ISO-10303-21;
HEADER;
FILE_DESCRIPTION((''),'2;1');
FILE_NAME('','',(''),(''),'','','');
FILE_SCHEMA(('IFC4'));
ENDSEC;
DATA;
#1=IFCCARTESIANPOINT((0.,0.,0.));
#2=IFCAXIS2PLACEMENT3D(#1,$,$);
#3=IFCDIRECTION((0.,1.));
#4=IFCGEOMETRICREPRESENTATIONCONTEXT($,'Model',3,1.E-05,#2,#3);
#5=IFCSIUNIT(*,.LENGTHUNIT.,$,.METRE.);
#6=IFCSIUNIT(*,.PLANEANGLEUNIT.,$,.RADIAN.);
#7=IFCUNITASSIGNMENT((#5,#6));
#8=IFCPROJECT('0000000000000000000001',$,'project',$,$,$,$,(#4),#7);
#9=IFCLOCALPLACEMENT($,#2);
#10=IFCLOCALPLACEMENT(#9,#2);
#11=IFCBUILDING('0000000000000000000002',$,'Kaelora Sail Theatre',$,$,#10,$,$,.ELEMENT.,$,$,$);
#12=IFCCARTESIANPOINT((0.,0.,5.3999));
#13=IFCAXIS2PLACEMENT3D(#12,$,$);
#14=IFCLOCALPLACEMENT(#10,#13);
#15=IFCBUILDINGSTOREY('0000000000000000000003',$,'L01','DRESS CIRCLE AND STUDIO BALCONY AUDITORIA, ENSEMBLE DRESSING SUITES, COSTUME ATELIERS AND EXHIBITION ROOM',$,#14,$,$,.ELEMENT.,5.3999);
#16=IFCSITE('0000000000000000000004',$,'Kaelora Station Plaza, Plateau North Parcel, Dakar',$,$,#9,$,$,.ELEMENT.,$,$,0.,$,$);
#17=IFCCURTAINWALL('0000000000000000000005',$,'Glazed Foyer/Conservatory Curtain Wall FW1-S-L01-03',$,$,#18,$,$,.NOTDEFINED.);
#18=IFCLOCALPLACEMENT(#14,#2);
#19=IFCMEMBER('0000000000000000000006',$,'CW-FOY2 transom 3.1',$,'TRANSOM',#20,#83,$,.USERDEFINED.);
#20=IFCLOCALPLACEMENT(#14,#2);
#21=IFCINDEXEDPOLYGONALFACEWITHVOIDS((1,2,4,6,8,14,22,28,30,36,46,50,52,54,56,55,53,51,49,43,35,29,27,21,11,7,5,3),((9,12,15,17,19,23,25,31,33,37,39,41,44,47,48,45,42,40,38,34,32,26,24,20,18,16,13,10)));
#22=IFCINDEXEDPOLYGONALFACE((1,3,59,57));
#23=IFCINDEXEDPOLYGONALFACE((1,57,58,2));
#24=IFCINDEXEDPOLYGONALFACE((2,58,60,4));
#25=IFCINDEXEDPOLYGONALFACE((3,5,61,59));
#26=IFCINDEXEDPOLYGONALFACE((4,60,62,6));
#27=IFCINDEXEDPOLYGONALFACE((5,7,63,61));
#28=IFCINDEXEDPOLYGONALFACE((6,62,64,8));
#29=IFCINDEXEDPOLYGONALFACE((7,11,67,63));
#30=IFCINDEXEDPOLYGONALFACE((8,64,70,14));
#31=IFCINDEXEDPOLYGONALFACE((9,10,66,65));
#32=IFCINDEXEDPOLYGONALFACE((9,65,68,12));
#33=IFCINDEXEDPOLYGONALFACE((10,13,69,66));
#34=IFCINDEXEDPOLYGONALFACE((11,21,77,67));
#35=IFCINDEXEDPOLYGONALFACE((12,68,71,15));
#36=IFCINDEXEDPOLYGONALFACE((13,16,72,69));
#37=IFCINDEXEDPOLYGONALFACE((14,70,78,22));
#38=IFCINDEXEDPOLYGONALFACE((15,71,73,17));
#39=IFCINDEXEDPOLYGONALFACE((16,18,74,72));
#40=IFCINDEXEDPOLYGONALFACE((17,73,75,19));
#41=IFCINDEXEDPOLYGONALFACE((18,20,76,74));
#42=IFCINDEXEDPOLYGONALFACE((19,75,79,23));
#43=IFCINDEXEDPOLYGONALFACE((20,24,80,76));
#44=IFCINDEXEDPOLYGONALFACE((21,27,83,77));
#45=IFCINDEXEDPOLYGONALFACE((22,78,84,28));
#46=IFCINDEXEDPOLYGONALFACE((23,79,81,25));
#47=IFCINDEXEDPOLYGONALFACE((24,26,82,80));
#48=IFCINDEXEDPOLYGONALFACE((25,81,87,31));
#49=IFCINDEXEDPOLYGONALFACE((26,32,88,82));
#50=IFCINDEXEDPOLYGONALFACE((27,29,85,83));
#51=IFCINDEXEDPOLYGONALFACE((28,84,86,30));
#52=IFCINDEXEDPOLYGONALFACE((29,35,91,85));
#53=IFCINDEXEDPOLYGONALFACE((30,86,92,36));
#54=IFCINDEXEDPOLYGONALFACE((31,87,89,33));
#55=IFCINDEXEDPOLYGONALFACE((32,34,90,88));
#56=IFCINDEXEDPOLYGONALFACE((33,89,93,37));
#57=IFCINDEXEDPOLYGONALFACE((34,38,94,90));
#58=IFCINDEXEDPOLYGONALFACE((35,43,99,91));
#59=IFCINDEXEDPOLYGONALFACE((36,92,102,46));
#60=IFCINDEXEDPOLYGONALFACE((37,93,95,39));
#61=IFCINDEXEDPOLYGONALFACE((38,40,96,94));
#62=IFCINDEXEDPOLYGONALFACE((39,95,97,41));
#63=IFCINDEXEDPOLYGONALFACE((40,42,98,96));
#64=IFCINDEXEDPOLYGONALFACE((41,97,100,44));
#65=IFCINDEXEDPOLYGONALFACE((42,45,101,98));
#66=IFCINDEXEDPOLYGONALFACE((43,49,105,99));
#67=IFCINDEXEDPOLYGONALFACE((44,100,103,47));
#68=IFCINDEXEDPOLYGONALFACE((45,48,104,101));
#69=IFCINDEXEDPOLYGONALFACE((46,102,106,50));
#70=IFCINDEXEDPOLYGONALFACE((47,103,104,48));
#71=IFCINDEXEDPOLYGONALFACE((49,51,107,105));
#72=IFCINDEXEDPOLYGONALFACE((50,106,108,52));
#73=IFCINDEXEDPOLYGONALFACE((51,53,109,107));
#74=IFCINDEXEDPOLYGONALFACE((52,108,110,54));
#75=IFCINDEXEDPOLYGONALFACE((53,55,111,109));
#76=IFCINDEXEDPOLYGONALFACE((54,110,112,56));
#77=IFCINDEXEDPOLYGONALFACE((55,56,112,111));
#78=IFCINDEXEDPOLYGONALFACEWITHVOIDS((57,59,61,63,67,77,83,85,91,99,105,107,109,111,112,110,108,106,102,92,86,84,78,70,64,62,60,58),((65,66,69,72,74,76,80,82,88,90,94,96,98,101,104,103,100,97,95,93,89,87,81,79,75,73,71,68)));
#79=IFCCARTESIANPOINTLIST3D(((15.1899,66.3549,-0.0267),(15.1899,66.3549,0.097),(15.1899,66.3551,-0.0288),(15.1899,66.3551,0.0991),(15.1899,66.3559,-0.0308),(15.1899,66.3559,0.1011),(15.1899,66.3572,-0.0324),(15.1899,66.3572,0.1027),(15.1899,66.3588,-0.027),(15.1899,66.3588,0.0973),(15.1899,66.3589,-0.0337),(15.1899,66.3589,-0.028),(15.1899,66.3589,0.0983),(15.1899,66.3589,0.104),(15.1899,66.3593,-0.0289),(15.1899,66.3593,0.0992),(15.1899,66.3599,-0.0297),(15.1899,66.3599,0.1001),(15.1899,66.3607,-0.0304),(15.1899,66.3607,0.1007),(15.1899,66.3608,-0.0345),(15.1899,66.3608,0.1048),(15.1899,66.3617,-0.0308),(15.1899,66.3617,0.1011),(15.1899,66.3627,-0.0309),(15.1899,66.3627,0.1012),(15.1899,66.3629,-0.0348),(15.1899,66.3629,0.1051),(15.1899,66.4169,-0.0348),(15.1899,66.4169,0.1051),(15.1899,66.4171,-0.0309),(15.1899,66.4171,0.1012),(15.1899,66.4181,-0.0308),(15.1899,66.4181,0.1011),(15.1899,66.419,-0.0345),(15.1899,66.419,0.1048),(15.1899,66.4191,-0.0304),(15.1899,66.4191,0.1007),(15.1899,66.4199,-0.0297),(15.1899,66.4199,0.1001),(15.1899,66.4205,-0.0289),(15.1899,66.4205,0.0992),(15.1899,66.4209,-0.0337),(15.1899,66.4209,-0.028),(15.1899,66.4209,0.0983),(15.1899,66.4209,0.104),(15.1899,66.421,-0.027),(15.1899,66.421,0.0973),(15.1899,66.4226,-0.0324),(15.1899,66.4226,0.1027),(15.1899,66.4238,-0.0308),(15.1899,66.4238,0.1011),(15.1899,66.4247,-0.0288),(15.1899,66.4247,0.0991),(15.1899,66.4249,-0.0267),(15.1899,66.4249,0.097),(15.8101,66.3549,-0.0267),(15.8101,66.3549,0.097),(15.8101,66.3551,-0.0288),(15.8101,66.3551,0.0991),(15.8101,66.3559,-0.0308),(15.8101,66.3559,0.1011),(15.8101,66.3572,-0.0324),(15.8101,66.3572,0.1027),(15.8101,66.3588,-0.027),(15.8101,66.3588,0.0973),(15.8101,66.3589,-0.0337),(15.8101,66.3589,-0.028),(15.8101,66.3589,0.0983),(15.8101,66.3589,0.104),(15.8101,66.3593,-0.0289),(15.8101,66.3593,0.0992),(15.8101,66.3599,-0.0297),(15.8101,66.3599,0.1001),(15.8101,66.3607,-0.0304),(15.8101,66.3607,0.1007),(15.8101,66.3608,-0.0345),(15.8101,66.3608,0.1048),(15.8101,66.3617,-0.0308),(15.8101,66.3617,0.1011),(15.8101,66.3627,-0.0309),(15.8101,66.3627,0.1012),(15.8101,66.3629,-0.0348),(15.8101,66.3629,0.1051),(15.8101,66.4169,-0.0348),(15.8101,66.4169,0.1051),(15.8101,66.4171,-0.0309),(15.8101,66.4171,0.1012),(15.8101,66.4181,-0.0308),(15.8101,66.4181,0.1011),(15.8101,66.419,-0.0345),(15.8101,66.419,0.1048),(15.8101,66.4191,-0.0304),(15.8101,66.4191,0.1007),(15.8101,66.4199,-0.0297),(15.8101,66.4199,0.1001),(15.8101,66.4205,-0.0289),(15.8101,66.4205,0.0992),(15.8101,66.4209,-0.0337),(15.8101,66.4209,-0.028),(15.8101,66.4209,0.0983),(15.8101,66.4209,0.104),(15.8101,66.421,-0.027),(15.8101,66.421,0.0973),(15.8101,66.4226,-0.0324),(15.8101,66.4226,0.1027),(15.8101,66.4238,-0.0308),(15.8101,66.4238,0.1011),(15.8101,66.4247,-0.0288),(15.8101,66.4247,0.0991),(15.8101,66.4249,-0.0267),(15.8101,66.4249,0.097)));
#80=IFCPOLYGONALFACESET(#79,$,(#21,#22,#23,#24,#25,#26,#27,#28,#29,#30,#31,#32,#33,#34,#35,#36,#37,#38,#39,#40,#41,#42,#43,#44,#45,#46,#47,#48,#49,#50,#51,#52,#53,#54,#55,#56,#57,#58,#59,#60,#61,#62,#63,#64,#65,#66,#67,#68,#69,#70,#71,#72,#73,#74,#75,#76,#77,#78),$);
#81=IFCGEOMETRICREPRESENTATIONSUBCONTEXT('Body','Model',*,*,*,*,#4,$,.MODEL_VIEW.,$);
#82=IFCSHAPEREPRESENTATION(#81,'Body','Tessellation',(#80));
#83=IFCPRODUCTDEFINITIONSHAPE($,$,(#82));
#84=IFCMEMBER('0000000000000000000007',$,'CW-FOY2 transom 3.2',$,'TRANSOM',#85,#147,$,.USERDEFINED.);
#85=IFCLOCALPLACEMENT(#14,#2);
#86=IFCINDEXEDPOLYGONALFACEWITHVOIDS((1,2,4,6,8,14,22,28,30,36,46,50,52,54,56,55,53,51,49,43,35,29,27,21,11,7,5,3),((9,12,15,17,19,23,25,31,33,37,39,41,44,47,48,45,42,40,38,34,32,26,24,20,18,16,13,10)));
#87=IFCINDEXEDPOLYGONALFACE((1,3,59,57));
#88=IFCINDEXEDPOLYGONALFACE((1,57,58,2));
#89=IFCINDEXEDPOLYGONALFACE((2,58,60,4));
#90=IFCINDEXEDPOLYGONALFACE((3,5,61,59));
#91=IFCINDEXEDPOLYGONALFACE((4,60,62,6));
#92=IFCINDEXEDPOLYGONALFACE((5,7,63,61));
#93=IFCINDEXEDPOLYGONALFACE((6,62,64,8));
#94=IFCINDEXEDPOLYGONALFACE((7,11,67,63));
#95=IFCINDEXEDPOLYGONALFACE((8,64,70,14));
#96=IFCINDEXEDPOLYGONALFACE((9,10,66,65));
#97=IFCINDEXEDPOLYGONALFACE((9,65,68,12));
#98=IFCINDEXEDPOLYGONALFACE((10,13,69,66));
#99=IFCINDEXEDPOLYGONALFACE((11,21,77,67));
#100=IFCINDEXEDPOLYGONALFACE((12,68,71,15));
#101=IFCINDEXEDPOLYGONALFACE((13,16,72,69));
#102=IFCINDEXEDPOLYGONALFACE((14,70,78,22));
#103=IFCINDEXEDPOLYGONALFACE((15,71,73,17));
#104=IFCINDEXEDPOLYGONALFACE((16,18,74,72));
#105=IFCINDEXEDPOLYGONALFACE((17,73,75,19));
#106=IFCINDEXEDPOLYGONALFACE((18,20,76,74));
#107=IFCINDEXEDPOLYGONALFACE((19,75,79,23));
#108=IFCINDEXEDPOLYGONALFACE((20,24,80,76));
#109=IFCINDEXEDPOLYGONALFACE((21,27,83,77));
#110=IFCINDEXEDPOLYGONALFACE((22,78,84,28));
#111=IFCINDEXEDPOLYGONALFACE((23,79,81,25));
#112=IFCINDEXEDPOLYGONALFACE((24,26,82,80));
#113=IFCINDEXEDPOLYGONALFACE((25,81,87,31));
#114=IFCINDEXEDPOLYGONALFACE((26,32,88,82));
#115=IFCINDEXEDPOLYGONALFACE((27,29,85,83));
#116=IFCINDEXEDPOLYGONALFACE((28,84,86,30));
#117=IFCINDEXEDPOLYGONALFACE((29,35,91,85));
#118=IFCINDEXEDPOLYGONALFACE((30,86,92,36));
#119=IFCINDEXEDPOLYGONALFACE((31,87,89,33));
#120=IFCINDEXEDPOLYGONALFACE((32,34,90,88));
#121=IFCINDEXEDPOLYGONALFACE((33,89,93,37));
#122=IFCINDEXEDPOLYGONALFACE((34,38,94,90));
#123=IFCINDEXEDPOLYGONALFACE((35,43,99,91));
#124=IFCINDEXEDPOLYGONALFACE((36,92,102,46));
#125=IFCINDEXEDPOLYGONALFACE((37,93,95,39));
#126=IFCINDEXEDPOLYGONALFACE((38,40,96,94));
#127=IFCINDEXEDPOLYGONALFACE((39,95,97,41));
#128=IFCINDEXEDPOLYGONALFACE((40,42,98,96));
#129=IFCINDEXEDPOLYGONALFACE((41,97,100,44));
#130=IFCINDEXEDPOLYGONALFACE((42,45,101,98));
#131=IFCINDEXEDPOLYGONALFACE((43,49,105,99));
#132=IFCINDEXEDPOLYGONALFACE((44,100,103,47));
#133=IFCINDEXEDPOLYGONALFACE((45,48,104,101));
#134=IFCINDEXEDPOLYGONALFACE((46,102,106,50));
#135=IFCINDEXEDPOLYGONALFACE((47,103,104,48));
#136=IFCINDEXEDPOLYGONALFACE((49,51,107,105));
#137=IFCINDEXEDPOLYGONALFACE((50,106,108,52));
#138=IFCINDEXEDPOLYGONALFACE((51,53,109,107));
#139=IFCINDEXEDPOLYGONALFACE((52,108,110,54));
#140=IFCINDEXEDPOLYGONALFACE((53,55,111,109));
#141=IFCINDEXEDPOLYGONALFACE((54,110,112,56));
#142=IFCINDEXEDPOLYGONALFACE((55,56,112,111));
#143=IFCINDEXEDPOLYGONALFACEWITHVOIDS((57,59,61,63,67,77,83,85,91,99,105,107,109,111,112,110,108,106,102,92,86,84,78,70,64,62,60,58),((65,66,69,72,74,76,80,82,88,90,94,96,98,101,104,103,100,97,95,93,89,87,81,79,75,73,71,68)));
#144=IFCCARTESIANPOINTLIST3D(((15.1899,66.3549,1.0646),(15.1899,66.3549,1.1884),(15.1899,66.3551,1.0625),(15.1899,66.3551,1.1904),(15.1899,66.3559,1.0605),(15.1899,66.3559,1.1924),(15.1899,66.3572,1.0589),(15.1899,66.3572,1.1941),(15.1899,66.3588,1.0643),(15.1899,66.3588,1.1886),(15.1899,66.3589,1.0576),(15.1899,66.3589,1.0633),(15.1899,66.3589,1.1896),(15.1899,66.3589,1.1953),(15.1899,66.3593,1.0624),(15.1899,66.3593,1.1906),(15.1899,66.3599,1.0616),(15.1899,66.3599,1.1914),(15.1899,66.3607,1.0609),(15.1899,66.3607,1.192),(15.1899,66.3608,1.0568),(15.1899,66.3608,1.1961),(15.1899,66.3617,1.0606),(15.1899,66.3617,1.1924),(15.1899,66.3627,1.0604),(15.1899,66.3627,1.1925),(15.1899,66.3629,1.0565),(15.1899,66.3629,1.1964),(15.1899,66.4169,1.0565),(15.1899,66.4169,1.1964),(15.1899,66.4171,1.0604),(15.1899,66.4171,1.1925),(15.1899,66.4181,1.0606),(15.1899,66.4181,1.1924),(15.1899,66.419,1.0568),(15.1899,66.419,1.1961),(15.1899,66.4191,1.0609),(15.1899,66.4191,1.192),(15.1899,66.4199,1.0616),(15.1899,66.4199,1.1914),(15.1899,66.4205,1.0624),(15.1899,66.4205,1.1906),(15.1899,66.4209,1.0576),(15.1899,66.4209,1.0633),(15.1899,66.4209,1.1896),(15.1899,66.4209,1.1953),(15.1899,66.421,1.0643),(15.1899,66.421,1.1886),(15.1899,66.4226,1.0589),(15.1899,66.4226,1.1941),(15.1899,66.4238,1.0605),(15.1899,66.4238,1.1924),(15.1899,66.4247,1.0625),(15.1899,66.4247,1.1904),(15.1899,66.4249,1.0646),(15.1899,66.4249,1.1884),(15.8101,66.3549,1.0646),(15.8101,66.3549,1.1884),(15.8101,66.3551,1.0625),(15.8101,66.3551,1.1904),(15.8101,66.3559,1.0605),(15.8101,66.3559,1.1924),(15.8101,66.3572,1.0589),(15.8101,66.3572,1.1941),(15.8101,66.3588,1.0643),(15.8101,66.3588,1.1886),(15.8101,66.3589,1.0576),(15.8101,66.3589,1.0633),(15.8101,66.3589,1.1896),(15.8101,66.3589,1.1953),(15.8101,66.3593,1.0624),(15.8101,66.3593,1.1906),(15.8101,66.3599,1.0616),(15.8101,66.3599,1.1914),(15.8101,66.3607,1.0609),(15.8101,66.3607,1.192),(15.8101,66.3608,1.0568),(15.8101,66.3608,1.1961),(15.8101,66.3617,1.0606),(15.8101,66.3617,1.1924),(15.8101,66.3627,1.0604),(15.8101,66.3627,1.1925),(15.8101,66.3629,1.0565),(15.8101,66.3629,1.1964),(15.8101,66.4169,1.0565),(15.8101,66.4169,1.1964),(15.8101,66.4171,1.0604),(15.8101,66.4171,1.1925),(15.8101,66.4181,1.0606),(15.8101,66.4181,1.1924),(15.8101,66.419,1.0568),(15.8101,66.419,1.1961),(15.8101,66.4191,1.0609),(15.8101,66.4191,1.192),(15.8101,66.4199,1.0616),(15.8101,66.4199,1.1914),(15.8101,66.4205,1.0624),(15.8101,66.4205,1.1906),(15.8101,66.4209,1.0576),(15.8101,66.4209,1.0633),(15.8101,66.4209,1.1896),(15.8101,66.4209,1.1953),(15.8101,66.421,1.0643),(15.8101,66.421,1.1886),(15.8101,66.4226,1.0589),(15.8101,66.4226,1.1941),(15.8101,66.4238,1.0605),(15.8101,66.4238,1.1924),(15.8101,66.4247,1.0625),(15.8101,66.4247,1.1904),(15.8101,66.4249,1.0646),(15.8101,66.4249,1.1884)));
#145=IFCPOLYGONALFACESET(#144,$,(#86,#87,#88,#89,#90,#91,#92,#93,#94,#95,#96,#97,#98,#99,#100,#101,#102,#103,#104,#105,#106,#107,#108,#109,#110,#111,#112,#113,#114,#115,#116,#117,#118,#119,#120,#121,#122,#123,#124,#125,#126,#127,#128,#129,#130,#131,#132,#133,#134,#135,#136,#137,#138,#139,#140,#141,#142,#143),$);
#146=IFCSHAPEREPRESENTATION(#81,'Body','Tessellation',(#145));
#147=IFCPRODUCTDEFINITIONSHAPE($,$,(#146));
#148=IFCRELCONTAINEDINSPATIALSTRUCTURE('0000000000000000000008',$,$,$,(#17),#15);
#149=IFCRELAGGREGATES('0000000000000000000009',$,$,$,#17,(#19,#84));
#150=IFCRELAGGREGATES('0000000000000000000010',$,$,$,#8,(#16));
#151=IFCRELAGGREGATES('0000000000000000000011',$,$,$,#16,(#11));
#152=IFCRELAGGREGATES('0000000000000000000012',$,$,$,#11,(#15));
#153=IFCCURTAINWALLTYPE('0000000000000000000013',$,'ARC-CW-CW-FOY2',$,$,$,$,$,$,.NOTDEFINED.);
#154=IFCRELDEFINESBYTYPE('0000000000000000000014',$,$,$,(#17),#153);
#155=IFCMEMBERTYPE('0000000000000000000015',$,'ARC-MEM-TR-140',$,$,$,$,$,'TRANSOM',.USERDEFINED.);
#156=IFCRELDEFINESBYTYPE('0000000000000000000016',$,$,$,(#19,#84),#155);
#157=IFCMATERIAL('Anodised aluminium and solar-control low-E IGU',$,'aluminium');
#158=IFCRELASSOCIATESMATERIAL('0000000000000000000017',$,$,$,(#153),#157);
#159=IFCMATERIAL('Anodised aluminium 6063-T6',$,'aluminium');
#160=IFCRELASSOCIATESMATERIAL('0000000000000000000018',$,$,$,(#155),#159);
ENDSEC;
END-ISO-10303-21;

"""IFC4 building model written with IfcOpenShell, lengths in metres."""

from ifc_helpers import new_model, si_unit, direction, frame, origin, origin_2d, place, context, subcontext, project, spatial, hollow_rectangle, extrude, material, material_profile, profile_set, type_object, element, aggregate, save


model = new_model("IFC4")

# Units and contexts
model_context = context("Model", 3, precision=1e-05, world=origin(), true_north=direction((0.0, 1.0)))
body_context = subcontext(model_context, "Body", "Model", "MODEL_VIEW")
ifc_project = project(units=[si_unit("LENGTHUNIT", "METRE"), si_unit("PLANEANGLEUNIT", "RADIAN")], contexts=[model_context])

# Site, building, storey
site_placement = place(None, origin())
site = spatial("IfcSite", under=ifc_project, at=site_placement, Name="Kaelora Station Plaza, Plateau North Parcel, Dakar", CompositionType="ELEMENT", RefElevation=0.0)
building_placement = place(site_placement, origin())
building = spatial("IfcBuilding", under=site, at=building_placement, Name="Kaelora Sail Theatre", CompositionType="ELEMENT")
storey_placement = place(building_placement, frame((0.0, 0.0, 5.3999)))
storey = spatial("IfcBuildingStorey", under=building, at=storey_placement, Name="L01", Description="DRESS CIRCLE AND STUDIO BALCONY AUDITORIA, ENSEMBLE DRESSING SUITES, COSTUME ATELIERS AND EXHIBITION ROOM", CompositionType="ELEMENT", Elevation=5.3999)

# Curtain wall
ifc_material_1 = material(Name="Anodised aluminium and solar-control low-E IGU", Category="aluminium")
curtain_wall_type = type_object("IfcCurtainWallType", Name="ARC-CW-CW-FOY2", PredefinedType="NOTDEFINED", material=ifc_material_1)
curtain_wall_1_placement = place(storey_placement, origin())
curtain_wall_1 = element("IfcCurtainWall", 1, at=curtain_wall_1_placement, inside=storey, type_object=curtain_wall_type, Name="Glazed Foyer/Conservatory Curtain Wall FW1-S-L01-03", PredefinedType="NOTDEFINED")

# Members
ifc_material_2 = material(Name="Anodised aluminium 6063-T6", Category="aluminium")
ifc_material_profile_1 = material_profile(ifc_material_2, hollow_rectangle(XDim=0.0701, YDim=0.1399, WallThickness=0.0039, InnerFilletRadius=0.0039, OuterFilletRadius=0.0081, at=origin_2d()), Name="ALU-TRAN 70x140x4")
ifc_profile_set_1 = profile_set([ifc_material_profile_1], Name="Anodised aluminium 6063-T6")
member_type_1 = type_object("IfcMemberType", Name="ARC-MEM-TR-140", ElementType="TRANSOM", PredefinedType="USERDEFINED", material=ifc_profile_set_1)
member_1_placement = place(storey_placement, frame((15.1899, 66.3899, 0.0352), z_axis=(1.0, 0.0, 0.0), x_axis=(0.0, 1.0, 0.0)))
member_1 = element("IfcMember", 2, at=member_1_placement, type_object=member_type_1, Name="CW-FOY2 transom 3.1", ObjectType="TRANSOM", PredefinedType="USERDEFINED", context=body_context, shape_type="SweptSolid", body=[
    extrude(hollow_rectangle(XDim=0.0701, YDim=0.1399, WallThickness=0.0039, InnerFilletRadius=0.0039, OuterFilletRadius=0.0081, at=origin_2d()), origin(), (0.0, 0.0, 1.0), 0.6201),
])
member_2_placement = place(storey_placement, frame((15.1899, 66.3899, 1.1265), z_axis=(1.0, 0.0, 0.0), x_axis=(0.0, 1.0, 0.0)))
member_2 = element("IfcMember", 3, at=member_2_placement, type_object=member_type_1, Name="CW-FOY2 transom 3.2", ObjectType="TRANSOM", PredefinedType="USERDEFINED", context=body_context, shape_type="SweptSolid", body=[
    extrude(hollow_rectangle(XDim=0.0701, YDim=0.1399, WallThickness=0.0039, InnerFilletRadius=0.0039, OuterFilletRadius=0.0081, at=origin_2d()), origin(), (0.0, 0.0, 1.0), 0.6201),
])

aggregate(curtain_wall_1, [member_1, member_2])

save(model, "model.ifc")
